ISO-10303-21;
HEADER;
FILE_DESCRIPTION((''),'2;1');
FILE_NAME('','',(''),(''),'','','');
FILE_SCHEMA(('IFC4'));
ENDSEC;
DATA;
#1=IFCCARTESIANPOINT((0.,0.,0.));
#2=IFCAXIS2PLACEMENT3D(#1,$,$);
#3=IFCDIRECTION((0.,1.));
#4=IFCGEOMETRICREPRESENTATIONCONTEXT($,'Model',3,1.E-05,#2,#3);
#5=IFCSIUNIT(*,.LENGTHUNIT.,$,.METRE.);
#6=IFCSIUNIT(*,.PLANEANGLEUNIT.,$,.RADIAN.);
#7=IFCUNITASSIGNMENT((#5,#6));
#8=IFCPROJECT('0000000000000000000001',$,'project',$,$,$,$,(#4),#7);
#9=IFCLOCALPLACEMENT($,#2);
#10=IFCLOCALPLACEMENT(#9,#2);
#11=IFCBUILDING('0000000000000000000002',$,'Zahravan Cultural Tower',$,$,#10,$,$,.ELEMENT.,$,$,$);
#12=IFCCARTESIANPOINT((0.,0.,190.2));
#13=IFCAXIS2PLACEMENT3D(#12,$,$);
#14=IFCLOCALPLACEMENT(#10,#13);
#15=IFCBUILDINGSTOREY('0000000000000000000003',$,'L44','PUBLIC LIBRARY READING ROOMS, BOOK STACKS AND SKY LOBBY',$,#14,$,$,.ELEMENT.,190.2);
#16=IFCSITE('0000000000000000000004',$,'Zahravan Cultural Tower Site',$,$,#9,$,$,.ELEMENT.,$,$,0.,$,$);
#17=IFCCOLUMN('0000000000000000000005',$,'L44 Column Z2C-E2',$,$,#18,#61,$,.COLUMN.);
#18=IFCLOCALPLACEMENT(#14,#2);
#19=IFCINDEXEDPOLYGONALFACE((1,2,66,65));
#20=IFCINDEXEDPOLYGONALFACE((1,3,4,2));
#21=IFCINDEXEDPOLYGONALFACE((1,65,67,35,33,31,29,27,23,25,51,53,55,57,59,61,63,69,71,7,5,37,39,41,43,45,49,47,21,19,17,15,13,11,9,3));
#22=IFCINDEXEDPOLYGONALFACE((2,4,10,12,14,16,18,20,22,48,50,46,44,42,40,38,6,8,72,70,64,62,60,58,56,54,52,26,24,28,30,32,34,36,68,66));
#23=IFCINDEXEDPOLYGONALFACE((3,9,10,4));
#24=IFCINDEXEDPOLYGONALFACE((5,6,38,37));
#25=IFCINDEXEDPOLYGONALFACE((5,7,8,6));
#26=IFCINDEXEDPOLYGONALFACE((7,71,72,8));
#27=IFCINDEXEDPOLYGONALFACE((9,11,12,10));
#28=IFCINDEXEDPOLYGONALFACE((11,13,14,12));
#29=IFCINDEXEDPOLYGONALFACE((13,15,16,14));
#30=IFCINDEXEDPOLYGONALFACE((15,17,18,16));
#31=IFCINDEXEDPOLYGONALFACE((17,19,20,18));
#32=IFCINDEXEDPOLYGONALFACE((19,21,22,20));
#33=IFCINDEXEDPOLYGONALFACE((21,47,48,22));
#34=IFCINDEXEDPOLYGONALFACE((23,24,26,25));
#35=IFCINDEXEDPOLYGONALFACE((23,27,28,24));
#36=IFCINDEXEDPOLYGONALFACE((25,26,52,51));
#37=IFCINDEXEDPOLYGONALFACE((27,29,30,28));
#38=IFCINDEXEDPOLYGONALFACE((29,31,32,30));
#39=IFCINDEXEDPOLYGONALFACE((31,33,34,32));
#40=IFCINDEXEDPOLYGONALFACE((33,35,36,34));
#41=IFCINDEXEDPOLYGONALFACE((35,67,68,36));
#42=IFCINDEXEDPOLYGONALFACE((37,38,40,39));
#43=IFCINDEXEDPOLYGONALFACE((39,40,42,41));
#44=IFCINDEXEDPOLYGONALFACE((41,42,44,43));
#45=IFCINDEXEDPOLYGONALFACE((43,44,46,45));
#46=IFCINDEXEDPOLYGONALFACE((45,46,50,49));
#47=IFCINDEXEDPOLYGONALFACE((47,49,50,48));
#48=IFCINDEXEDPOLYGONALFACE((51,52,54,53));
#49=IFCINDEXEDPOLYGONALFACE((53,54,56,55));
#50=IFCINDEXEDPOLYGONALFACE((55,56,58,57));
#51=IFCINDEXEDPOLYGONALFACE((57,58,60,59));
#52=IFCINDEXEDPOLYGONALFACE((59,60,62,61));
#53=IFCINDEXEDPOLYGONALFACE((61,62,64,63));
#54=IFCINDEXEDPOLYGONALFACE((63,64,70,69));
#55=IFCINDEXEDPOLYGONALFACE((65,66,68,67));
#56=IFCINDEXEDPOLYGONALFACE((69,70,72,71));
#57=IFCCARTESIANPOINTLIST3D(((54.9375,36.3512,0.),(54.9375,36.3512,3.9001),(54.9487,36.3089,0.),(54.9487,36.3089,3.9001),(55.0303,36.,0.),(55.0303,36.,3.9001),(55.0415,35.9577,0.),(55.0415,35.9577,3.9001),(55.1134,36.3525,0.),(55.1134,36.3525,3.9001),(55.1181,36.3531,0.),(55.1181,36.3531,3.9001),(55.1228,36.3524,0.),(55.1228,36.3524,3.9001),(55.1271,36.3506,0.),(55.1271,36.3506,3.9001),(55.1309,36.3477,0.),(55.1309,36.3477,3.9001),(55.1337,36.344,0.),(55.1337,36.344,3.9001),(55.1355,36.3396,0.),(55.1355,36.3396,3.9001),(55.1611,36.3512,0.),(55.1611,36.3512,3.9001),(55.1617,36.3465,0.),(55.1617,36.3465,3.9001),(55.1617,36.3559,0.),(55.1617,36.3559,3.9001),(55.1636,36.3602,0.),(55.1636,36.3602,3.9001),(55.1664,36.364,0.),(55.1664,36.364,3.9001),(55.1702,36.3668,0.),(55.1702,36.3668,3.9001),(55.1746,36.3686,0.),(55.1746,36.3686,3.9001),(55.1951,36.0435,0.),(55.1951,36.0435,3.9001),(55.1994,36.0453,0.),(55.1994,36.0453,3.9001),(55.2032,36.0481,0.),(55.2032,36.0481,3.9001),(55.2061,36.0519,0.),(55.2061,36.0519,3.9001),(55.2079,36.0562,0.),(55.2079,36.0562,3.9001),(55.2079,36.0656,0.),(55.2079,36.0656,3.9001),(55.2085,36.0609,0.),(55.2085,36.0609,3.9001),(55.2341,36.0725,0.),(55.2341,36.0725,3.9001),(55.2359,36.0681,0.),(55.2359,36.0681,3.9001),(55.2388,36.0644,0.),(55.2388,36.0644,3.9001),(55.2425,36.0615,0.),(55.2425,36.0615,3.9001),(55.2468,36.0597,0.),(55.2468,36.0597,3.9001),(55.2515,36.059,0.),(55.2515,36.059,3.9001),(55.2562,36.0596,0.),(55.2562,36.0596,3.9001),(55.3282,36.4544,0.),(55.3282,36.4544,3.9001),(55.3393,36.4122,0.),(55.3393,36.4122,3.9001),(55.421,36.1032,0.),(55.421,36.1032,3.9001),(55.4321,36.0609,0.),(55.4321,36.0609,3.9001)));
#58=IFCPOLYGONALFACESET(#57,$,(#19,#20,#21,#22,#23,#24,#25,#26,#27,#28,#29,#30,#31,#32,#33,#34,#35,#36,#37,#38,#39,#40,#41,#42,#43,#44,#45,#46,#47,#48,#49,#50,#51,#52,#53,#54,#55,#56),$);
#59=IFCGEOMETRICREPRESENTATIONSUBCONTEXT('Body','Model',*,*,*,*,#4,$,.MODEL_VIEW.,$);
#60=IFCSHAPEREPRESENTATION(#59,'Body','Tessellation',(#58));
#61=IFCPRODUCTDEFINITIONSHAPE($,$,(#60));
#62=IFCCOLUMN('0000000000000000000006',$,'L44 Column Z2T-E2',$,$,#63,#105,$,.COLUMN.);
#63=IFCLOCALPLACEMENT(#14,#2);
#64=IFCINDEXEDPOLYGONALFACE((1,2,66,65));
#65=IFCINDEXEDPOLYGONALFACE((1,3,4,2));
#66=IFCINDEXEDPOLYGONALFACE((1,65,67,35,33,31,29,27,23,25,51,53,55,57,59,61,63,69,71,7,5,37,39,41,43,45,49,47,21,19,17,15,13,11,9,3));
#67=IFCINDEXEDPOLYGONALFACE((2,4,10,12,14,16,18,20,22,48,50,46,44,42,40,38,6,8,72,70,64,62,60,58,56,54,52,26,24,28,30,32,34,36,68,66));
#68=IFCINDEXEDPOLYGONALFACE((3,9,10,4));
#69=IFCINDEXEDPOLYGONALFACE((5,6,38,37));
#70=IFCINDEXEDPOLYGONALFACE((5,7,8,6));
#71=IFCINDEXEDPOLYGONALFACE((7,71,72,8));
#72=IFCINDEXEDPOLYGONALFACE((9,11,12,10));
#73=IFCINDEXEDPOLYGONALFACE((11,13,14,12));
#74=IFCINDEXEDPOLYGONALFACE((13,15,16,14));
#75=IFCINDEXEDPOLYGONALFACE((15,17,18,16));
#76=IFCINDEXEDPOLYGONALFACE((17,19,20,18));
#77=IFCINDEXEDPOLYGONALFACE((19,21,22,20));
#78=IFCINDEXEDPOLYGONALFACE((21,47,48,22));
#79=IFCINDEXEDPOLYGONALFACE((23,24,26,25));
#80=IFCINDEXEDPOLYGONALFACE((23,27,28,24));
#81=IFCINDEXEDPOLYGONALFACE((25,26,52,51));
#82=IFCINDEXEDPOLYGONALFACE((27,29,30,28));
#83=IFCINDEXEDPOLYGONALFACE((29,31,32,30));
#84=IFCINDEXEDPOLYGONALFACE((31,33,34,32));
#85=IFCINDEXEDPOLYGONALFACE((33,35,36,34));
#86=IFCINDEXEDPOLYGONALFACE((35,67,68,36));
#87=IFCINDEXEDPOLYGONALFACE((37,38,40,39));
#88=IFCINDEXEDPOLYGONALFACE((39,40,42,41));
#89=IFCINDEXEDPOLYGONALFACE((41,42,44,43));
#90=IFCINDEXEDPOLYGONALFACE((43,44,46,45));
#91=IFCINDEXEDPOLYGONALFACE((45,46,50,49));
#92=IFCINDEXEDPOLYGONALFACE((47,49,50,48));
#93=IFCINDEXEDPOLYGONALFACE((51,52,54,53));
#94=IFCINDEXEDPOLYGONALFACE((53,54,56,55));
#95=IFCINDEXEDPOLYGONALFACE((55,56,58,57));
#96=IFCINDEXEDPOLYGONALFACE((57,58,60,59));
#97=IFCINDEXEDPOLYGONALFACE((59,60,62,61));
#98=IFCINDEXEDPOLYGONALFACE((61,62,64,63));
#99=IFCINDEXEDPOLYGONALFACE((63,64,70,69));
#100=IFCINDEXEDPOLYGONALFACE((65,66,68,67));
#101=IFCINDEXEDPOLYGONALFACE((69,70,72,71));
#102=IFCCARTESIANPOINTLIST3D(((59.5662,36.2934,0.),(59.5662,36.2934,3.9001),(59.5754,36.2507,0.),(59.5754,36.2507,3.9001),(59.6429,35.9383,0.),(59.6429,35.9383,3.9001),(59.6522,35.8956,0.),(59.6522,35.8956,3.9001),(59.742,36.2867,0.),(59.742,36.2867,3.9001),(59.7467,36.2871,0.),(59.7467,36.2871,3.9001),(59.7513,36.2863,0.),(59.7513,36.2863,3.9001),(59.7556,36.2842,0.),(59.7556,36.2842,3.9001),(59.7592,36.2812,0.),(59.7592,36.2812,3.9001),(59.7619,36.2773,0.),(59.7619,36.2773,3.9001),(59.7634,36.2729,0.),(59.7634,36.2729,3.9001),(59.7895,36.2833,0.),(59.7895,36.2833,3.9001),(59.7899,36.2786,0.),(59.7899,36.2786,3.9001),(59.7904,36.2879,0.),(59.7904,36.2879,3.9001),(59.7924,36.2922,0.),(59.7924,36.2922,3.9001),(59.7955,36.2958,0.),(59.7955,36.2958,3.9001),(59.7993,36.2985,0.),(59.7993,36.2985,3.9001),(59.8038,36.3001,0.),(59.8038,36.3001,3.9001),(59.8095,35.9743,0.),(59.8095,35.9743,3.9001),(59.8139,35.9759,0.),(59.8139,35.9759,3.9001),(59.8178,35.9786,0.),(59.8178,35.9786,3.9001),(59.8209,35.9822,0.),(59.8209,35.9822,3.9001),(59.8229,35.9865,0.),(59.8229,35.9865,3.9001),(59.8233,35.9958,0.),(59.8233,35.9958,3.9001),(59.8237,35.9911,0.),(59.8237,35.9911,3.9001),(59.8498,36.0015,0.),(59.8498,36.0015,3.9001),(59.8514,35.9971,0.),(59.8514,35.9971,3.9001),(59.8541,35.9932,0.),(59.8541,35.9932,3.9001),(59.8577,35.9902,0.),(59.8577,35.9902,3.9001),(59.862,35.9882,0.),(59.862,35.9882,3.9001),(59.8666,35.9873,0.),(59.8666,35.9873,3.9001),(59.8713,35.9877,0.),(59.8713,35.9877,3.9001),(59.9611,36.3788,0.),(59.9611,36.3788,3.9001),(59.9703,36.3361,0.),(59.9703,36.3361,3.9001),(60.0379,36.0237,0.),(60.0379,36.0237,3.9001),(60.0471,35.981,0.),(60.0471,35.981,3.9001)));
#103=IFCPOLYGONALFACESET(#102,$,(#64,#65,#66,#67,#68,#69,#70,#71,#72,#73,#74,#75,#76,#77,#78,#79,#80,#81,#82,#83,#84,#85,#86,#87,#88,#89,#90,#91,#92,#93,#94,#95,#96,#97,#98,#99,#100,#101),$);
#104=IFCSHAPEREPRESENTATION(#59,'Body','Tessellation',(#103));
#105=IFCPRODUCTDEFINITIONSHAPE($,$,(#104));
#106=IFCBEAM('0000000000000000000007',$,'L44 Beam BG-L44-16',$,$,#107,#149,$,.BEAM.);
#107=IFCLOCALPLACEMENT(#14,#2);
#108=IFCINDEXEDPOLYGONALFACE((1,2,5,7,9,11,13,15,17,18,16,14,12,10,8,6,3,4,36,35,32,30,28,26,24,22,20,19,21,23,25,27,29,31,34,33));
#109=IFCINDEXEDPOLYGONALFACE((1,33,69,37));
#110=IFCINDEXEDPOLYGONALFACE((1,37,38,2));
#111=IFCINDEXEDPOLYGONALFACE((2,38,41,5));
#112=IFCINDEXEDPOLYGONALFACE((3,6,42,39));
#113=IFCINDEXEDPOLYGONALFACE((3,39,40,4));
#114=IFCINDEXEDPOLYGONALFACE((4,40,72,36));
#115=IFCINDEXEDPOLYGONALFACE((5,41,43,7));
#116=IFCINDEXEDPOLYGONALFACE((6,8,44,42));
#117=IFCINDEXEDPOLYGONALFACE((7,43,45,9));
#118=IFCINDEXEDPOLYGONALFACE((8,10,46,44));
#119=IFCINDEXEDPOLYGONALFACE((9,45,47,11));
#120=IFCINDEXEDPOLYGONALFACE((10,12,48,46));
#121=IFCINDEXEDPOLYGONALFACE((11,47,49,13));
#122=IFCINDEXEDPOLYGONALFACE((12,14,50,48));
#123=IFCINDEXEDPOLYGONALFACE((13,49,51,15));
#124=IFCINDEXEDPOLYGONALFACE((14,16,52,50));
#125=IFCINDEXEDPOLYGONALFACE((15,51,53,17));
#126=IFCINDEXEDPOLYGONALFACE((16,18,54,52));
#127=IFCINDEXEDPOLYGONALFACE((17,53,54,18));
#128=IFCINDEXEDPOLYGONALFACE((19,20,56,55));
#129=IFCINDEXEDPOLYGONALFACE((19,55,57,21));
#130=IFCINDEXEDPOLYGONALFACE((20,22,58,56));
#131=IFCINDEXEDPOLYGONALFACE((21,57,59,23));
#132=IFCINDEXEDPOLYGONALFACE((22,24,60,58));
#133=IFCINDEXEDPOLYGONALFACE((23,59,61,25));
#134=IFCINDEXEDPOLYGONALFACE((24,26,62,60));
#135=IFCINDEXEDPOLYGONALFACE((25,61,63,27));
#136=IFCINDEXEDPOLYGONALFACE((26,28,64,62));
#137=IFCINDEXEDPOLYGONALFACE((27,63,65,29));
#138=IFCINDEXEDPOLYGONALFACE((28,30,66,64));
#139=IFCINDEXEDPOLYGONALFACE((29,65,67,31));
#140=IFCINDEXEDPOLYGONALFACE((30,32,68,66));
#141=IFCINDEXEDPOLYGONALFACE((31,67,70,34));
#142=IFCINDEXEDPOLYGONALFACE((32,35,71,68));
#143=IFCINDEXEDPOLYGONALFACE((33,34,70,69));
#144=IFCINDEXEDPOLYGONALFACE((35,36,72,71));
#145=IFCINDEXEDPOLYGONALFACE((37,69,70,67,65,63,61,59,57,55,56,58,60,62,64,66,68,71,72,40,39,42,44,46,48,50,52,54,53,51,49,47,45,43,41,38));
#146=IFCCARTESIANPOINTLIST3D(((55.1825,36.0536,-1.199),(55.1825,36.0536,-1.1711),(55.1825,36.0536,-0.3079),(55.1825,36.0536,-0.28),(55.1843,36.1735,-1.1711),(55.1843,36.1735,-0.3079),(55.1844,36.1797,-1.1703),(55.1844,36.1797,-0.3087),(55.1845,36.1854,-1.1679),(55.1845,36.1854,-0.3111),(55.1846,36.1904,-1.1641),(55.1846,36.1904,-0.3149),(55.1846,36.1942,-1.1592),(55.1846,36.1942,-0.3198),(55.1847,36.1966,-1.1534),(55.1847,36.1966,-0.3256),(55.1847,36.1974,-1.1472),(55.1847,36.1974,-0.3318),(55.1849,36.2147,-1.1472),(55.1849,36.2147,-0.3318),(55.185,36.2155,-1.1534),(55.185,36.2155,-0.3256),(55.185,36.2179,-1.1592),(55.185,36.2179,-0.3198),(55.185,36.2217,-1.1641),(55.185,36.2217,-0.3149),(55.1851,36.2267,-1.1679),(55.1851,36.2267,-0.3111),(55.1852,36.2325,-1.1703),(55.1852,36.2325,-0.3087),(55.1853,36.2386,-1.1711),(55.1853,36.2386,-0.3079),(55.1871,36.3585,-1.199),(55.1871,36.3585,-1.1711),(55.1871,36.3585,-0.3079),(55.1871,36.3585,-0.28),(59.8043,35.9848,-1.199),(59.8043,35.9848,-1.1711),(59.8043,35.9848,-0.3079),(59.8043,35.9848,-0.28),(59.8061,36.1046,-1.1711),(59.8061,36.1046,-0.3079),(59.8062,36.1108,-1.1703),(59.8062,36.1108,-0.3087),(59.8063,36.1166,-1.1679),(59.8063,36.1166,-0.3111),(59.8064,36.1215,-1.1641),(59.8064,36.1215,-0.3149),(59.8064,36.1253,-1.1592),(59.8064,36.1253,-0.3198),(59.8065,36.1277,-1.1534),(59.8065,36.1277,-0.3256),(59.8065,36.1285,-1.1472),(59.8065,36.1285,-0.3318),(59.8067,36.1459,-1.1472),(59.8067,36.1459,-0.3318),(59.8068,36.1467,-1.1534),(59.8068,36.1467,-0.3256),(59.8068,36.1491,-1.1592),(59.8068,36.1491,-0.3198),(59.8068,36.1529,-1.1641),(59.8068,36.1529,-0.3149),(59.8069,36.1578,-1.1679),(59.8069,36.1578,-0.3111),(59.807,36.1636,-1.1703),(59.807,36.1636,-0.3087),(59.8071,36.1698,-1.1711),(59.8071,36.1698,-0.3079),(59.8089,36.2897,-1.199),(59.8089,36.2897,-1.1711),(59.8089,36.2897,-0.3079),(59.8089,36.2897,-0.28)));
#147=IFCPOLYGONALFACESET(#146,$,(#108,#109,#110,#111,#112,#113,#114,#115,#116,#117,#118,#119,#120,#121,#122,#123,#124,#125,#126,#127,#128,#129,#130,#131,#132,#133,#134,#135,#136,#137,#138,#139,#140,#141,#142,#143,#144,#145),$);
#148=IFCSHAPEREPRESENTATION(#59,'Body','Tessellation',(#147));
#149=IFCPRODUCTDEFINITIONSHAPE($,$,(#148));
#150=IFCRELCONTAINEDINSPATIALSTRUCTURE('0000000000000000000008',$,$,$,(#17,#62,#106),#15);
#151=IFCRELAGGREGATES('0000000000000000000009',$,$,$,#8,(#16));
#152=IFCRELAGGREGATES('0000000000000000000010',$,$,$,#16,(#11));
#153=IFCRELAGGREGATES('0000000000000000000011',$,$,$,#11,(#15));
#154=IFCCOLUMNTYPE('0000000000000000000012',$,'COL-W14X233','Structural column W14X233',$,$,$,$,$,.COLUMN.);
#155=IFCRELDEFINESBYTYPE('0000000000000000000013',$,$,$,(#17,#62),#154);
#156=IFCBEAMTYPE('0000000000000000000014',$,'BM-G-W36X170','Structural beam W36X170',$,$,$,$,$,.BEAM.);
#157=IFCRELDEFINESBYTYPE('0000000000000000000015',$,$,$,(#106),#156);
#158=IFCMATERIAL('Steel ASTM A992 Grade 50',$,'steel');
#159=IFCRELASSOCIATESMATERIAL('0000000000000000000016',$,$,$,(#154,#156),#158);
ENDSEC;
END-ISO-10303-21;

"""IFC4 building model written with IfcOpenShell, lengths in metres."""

from ifc_helpers import new_model, si_unit, direction, frame, origin, origin_2d, place, context, subcontext, project, spatial, i_section, extrude, source, transform, mapped, material, material_profile, profile_set, type_object, element, save


model = new_model("IFC4")

# Units and contexts
model_context = context("Model", 3, precision=1e-05, world=origin(), true_north=direction((0.0, 1.0)))
body_context = subcontext(model_context, "Body", "Model", "MODEL_VIEW")
ifc_project = project(units=[si_unit("LENGTHUNIT", "METRE"), si_unit("PLANEANGLEUNIT", "RADIAN")], contexts=[model_context])

# Site, building, storey
site_placement = place(None, origin())
site = spatial("IfcSite", under=ifc_project, at=site_placement, Name="Zahravan Cultural Tower Site", CompositionType="ELEMENT", RefElevation=0.0)
building_placement = place(site_placement, origin())
building = spatial("IfcBuilding", under=site, at=building_placement, Name="Zahravan Cultural Tower", CompositionType="ELEMENT")
storey_placement = place(building_placement, frame((0.0, 0.0, 190.2)))
storey = spatial("IfcBuildingStorey", under=building, at=storey_placement, Name="L44", Description="PUBLIC LIBRARY READING ROOMS, BOOK STACKS AND SKY LOBBY", CompositionType="ELEMENT", Elevation=190.2)

# Columns
ifc_material_1 = material(Name="Steel ASTM A992 Grade 50", Category="steel")
ifc_material_profile_1 = material_profile(ifc_material_1, i_section(OverallWidth=0.4041, OverallDepth=0.407, WebThickness=0.0271, FlangeThickness=0.0437, FilletRadius=0.0181, at=origin_2d()), Name="W14X233")
ifc_profile_set_1 = profile_set([ifc_material_profile_1], Name="Steel ASTM A992 Grade 50")
column_type = type_object("IfcColumnType", Name="COL-W14X233", Description="Structural column W14X233", PredefinedType="COLUMN", material=ifc_profile_set_1)
shared_shape_1 = source(origin(), body_context, "Body", "SweptSolid", [
    extrude(i_section(OverallWidth=0.4041, OverallDepth=0.407, WebThickness=0.0271, FlangeThickness=0.0437, FilletRadius=0.0181, at=origin_2d()), origin(), (0.0, 0.0, 1.0), 3.9001),
])
for number, where, z_axis, x_axis, name in (
    (1, (55.1848, 36.2061, 0.0), (0.0, 0.0, 1.0), (0.966823, 0.255446, 0.0), "L44 Column Z2C-E2"),
    (2, (59.8066, 36.1372, 0.0), (0.0, 0.0, 1.0), (0.977416, 0.211325, 0.0), "L44 Column Z2T-E2"),
):
    element("IfcColumn", number, at=place(storey_placement, frame(where, z_axis=z_axis, x_axis=x_axis)), inside=storey, type_object=column_type, Name=name, PredefinedType="COLUMN", context=body_context, shape_type="MappedRepresentation", body=[
        mapped(shared_shape_1, transform((0.0, 0.0, 0.0), x_axis=(1.0, 0.0, 0.0), y_axis=(0.0, 1.0, 0.0), z_axis=(0.0, 0.0, 1.0), scale=1.0)),
    ])

# Beam
ifc_material_profile_2 = material_profile(ifc_material_1, i_section(OverallWidth=0.3049, OverallDepth=0.9189, WebThickness=0.0173, FlangeThickness=0.0278, FilletRadius=0.0239, at=origin_2d()), Name="W36X170")
ifc_profile_set_2 = profile_set([ifc_material_profile_2], Name="Steel ASTM A992 Grade 50")
beam_type_1 = type_object("IfcBeamType", Name="BM-G-W36X170", Description="Structural beam W36X170", PredefinedType="BEAM", material=ifc_profile_set_2)
shared_shape_2 = source(origin(), body_context, "Body", "SweptSolid", [
    extrude(i_section(OverallWidth=0.3049, OverallDepth=0.9189, WebThickness=0.0173, FlangeThickness=0.0278, FilletRadius=0.0239, at=origin_2d()), origin(), (0.0, 0.0, 1.0), 4.6223),
])
beam_1_placement = place(storey_placement, frame((55.1848, 36.2061, -0.7395), z_axis=(0.999889, -0.014895, 0.0), x_axis=(0.014895, 0.999889, 0.0)))
element("IfcBeam", 3, at=beam_1_placement, inside=storey, type_object=beam_type_1, Name="L44 Beam BG-L44-16", PredefinedType="BEAM", context=body_context, shape_type="MappedRepresentation", body=[
    mapped(shared_shape_2, transform((0.0, 0.0, 0.0), x_axis=(1.0, 0.0, 0.0), y_axis=(0.0, 1.0, 0.0), z_axis=(0.0, 0.0, 1.0), scale=1.0)),
])

save(model, "model.ifc")
